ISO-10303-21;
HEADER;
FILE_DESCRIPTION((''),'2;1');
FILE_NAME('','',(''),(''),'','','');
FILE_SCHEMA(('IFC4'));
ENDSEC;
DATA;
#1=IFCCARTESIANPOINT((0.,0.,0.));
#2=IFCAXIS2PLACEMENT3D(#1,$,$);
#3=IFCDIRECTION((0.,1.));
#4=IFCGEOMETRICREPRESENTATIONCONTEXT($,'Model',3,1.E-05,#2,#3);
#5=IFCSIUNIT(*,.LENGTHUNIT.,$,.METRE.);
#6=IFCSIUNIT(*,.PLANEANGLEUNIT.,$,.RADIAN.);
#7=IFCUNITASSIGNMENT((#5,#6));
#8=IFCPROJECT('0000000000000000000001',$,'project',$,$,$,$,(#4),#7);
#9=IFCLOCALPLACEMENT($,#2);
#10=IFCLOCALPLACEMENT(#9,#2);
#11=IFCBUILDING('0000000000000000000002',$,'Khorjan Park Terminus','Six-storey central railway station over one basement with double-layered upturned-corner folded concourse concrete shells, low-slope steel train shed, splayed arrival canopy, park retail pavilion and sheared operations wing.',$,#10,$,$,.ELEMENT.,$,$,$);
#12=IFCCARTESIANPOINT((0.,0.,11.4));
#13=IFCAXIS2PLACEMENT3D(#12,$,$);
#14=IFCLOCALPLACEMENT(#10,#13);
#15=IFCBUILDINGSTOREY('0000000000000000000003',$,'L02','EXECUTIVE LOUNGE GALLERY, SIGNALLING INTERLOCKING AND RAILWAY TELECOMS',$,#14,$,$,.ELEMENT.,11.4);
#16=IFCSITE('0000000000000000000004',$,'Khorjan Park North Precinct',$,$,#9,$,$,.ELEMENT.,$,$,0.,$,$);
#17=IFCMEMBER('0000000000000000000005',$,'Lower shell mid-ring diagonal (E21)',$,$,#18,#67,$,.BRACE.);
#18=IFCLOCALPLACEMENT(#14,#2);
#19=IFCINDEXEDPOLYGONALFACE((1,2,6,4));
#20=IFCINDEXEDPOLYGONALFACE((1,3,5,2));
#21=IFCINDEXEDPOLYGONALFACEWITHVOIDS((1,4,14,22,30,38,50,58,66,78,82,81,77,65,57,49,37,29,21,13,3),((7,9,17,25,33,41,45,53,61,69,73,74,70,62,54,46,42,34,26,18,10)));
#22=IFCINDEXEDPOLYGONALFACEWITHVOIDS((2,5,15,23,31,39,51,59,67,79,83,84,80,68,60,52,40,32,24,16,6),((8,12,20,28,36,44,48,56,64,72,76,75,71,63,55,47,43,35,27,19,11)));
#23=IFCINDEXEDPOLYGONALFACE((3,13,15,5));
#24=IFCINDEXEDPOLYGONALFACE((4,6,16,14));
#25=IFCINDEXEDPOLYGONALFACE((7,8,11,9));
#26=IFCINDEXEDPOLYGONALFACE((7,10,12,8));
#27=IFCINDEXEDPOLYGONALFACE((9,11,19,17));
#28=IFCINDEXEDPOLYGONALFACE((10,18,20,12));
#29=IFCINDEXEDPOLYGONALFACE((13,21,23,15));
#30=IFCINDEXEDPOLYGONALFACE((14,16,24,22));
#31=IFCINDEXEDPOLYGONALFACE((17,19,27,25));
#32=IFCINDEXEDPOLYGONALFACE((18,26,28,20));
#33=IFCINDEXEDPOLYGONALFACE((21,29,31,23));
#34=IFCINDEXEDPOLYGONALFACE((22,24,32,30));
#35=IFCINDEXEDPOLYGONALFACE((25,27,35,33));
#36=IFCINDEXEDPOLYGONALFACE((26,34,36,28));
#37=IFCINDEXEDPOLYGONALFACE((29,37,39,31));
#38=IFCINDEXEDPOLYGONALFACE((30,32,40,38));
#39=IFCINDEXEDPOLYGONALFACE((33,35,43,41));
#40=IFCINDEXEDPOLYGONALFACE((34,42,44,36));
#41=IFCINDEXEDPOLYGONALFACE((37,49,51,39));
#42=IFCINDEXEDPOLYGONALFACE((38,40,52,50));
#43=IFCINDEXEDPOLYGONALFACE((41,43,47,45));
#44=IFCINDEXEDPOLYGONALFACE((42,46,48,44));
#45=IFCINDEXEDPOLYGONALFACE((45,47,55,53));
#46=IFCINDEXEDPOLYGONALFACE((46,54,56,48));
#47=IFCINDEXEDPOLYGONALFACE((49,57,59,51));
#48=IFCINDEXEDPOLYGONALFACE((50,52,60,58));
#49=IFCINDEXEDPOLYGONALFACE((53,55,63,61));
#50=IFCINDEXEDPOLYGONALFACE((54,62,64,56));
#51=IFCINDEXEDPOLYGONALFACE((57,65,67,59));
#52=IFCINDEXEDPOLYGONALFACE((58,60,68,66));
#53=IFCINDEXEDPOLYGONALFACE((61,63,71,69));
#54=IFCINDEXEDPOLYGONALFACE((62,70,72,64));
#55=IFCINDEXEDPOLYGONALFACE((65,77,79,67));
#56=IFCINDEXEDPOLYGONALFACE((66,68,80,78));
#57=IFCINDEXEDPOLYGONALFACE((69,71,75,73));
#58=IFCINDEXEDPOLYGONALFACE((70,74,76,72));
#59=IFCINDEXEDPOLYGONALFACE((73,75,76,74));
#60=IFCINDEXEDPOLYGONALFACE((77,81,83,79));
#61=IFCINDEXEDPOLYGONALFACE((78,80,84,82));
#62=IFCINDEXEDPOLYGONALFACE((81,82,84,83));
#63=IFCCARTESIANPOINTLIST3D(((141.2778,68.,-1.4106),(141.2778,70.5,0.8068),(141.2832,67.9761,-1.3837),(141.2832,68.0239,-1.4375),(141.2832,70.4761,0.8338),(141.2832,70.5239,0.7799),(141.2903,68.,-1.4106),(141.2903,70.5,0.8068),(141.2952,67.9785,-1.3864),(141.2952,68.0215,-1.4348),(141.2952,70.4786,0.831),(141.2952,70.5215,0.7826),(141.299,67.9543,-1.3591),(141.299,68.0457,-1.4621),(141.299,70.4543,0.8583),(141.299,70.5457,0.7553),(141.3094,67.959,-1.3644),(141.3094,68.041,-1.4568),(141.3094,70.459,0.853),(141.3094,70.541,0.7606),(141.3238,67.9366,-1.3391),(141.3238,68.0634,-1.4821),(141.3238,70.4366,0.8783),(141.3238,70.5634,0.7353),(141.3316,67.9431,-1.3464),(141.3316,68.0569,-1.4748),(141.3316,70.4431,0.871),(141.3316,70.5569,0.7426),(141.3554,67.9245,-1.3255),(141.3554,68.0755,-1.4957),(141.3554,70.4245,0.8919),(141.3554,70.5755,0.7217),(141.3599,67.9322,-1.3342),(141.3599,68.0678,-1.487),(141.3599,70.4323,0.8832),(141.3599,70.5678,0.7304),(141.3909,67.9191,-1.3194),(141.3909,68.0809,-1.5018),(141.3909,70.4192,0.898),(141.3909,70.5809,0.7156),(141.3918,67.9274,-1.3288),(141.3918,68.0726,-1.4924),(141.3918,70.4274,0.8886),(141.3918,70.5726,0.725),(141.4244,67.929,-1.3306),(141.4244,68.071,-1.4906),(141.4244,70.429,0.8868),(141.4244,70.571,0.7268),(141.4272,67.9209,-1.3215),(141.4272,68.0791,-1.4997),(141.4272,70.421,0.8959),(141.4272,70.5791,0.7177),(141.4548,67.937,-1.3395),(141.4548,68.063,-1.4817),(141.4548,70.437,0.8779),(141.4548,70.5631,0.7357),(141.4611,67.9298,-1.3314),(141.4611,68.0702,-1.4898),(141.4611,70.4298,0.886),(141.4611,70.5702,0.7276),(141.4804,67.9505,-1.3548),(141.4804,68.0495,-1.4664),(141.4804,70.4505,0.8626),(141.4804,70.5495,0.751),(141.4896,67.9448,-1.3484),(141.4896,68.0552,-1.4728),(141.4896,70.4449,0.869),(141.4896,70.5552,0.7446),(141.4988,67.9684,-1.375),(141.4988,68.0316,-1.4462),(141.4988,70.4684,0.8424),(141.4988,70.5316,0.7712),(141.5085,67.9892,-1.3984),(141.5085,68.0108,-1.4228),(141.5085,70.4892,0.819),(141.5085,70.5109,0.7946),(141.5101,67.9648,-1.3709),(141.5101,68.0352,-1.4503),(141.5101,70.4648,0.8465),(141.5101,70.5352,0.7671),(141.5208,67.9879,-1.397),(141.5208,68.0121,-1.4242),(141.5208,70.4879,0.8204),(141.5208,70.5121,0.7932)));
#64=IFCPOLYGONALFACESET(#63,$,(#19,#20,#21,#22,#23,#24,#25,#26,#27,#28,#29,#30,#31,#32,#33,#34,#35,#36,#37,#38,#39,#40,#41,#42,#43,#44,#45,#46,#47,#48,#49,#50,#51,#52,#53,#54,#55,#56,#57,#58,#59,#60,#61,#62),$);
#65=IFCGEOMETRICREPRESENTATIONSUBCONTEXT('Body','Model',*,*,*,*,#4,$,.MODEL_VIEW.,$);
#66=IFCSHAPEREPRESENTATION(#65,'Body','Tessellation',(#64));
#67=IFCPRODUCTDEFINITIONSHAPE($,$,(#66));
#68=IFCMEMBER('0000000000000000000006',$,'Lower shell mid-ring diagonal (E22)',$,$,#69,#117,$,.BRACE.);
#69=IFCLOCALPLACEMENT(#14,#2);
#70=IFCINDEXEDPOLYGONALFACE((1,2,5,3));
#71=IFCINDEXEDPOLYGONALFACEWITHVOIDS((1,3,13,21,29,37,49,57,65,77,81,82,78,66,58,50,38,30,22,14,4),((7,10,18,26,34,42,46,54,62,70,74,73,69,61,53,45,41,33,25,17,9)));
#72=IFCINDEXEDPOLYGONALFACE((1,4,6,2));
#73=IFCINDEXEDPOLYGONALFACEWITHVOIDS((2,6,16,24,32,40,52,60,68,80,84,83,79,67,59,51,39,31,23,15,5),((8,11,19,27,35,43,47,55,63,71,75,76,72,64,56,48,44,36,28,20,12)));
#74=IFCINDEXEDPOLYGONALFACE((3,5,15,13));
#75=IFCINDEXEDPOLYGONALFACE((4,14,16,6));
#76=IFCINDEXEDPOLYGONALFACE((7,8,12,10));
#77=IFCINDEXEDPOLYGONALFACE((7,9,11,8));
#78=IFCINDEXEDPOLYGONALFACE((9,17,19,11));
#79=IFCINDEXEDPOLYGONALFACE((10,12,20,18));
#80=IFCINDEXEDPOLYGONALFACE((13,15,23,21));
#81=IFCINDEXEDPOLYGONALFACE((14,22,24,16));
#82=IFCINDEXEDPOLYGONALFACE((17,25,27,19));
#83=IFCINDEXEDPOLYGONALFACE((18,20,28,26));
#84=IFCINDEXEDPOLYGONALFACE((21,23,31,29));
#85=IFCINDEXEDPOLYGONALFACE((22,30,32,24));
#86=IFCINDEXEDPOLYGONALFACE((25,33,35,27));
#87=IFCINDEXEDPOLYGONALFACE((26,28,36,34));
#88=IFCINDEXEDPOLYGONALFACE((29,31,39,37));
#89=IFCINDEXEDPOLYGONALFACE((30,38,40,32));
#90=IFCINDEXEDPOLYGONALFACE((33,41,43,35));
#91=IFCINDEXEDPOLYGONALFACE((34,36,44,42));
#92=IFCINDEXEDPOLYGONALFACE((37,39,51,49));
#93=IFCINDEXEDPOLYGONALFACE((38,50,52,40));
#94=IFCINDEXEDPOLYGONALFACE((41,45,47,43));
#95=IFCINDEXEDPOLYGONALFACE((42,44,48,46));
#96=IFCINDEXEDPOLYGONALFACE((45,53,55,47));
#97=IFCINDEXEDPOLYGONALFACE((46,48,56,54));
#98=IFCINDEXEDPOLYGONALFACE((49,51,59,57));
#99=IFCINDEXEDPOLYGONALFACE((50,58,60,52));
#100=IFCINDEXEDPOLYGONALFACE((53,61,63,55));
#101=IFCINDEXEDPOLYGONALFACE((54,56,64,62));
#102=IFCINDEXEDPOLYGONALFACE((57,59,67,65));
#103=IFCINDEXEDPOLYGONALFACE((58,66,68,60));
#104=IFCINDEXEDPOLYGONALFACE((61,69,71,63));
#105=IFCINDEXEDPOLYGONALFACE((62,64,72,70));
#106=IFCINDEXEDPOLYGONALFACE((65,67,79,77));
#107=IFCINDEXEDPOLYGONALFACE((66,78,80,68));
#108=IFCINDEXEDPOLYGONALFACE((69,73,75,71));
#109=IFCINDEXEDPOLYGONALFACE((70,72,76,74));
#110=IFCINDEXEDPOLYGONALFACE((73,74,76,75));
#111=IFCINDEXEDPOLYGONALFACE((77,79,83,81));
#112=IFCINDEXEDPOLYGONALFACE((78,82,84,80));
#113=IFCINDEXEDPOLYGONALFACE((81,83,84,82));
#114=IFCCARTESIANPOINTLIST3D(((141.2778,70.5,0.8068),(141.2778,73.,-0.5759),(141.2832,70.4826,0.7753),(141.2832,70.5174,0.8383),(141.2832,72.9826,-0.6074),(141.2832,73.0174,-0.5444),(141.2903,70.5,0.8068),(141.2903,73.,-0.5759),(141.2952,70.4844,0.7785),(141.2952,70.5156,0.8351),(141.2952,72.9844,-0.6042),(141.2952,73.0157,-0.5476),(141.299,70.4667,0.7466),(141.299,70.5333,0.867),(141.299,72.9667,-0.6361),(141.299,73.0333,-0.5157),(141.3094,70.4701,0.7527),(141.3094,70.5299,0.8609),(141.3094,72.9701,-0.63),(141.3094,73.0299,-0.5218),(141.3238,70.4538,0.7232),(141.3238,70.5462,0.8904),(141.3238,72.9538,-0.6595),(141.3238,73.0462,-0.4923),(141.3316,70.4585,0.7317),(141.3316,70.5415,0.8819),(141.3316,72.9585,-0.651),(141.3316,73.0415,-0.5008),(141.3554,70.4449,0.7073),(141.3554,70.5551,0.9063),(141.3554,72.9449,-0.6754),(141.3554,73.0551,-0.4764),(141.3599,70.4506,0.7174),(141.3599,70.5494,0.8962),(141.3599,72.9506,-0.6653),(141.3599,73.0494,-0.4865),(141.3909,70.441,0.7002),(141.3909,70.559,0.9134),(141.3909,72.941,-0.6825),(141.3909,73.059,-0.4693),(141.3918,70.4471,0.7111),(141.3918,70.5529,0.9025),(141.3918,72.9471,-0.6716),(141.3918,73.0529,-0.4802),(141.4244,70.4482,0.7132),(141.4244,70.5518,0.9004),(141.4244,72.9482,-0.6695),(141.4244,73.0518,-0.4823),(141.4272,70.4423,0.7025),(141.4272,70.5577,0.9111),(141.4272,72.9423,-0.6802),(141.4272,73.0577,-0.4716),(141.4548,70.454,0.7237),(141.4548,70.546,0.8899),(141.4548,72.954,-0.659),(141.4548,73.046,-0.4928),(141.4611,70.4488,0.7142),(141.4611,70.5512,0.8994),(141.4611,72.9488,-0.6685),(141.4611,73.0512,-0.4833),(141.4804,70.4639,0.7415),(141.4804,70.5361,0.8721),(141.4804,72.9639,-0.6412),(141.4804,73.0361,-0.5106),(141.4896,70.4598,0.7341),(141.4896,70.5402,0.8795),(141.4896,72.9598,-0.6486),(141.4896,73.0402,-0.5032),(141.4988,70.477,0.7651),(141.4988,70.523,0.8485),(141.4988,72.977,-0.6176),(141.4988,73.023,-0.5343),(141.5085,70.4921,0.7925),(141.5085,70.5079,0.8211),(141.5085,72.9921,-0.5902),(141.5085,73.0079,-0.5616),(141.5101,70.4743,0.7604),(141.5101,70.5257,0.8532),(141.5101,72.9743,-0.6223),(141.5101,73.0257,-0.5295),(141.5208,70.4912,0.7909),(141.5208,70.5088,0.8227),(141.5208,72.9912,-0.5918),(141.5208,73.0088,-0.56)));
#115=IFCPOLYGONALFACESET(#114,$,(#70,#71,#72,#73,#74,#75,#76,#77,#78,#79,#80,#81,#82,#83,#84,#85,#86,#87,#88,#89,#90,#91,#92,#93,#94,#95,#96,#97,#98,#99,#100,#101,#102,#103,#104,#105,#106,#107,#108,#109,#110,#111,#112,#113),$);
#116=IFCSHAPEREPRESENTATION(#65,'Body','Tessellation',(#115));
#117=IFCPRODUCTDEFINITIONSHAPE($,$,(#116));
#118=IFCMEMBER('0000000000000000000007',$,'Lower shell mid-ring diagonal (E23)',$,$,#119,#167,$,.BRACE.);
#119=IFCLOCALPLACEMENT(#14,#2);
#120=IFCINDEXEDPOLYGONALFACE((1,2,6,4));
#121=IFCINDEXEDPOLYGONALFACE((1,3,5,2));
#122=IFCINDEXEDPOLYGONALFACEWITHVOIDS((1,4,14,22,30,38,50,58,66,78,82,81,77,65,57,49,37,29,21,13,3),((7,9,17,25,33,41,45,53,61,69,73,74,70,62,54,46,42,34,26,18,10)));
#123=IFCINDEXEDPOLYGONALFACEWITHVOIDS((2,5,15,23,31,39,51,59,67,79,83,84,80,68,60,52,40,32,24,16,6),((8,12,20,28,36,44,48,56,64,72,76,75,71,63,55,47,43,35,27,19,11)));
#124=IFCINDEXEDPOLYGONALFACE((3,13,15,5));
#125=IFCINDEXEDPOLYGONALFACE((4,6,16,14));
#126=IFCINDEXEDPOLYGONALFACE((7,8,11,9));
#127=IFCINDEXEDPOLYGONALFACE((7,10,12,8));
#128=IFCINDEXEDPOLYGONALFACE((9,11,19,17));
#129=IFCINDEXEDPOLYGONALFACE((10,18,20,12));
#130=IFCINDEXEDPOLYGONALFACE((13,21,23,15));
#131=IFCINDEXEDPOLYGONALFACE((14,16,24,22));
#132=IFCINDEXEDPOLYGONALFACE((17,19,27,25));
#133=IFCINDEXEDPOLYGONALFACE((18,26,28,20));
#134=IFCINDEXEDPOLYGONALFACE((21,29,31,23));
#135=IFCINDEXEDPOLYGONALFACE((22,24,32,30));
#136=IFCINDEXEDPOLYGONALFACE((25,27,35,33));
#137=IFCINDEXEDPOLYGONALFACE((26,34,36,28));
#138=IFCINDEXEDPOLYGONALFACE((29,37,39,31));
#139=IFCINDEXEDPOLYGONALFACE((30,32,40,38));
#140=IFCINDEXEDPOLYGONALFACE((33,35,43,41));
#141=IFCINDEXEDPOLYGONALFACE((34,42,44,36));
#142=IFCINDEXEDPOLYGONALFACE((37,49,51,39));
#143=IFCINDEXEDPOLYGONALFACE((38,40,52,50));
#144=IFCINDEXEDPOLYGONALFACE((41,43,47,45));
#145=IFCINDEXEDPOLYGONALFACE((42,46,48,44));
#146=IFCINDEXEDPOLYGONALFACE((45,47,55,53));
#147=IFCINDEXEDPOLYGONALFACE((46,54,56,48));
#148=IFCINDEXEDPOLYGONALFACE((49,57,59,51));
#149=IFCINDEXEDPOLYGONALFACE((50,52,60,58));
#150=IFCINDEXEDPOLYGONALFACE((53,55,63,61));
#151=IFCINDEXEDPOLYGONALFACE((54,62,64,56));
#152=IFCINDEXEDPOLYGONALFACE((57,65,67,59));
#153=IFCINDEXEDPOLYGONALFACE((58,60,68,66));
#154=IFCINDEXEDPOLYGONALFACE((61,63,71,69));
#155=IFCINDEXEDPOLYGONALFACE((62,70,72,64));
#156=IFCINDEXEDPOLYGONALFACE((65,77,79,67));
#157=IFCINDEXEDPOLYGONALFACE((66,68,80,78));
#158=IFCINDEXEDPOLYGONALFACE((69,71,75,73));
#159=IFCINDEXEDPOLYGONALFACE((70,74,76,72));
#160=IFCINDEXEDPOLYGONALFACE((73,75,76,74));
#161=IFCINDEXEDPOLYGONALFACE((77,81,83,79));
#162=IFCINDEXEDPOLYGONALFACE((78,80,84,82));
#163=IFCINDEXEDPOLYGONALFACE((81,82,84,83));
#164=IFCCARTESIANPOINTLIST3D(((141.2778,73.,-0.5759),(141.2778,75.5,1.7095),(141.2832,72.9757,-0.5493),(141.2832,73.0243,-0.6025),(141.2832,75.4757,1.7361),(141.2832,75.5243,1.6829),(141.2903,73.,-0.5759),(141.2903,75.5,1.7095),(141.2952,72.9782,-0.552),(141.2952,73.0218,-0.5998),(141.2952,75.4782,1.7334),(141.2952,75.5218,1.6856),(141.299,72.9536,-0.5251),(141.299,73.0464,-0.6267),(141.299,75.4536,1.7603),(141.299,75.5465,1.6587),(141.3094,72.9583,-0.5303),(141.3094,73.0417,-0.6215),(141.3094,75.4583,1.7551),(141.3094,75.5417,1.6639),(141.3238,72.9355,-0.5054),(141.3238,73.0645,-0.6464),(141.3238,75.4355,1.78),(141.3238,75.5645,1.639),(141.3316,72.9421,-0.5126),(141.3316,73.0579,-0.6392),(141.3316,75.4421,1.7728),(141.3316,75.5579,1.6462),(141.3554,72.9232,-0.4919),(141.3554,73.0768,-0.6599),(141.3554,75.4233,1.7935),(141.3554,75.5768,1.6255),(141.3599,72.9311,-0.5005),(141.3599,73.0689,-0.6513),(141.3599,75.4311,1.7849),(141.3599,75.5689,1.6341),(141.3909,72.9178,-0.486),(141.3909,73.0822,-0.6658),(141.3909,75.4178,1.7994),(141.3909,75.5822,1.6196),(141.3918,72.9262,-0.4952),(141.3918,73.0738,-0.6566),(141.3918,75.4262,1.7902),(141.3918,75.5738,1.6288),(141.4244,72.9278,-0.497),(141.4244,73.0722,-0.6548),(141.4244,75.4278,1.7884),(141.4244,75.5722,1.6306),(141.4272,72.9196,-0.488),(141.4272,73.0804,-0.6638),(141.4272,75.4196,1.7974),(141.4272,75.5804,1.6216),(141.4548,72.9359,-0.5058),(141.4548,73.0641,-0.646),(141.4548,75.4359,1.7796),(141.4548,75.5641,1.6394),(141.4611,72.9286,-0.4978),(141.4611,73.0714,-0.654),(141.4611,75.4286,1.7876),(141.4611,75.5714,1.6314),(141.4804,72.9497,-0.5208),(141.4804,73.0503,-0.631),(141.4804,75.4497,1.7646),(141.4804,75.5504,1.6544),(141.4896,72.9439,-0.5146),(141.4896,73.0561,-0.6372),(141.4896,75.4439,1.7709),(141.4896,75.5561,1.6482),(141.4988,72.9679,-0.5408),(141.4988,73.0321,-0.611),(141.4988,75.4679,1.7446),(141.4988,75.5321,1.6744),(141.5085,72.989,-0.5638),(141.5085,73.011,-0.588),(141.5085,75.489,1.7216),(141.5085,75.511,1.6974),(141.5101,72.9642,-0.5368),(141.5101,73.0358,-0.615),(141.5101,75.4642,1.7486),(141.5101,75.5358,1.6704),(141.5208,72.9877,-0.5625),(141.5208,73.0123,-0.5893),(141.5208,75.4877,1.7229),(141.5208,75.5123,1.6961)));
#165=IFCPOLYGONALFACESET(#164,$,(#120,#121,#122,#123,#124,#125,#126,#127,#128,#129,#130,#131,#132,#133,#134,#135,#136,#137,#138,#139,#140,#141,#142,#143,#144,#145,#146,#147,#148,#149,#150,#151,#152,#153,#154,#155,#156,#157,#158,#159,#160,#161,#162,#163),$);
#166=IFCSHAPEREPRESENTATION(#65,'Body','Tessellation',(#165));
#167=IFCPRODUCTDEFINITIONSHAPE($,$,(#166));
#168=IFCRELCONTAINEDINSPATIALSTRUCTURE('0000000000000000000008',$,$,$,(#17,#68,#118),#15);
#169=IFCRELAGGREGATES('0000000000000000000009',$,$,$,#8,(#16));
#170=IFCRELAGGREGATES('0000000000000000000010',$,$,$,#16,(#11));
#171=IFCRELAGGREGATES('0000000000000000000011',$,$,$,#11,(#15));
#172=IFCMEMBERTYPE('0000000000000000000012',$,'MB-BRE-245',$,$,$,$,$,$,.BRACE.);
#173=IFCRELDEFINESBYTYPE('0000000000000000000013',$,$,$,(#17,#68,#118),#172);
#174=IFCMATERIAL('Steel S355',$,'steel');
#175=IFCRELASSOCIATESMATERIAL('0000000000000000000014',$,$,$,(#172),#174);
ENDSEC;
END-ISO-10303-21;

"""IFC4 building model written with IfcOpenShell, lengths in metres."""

from ifc_helpers import new_model, si_unit, direction, frame, origin, origin_2d, place, context, subcontext, project, spatial, hollow_circle, extrude, material, material_profile, profile_set, type_object, element, save


model = new_model("IFC4")

# Units and contexts
model_context = context("Model", 3, precision=1e-05, world=origin(), true_north=direction((0.0, 1.0)))
body_context = subcontext(model_context, "Body", "Model", "MODEL_VIEW")
ifc_project = project(units=[si_unit("LENGTHUNIT", "METRE"), si_unit("PLANEANGLEUNIT", "RADIAN")], contexts=[model_context])

# Site, building, storey
site_placement = place(None, origin())
site = spatial("IfcSite", under=ifc_project, at=site_placement, Name="Khorjan Park North Precinct", CompositionType="ELEMENT", RefElevation=0.0)
building_placement = place(site_placement, origin())
building = spatial("IfcBuilding", under=site, at=building_placement, Name="Khorjan Park Terminus", Description="Six-storey central railway station over one basement with double-layered upturned-corner folded concourse concrete shells, low-slope steel train shed, splayed arrival canopy, park retail pavilion and sheared operations wing.", CompositionType="ELEMENT")
storey_placement = place(building_placement, frame((0.0, 0.0, 11.4)))
storey = spatial("IfcBuildingStorey", under=building, at=storey_placement, Name="L02", Description="EXECUTIVE LOUNGE GALLERY, SIGNALLING INTERLOCKING AND RAILWAY TELECOMS", CompositionType="ELEMENT", Elevation=11.4)

# Members
ifc_material_1 = material(Name="Steel S355", Category="steel")
ifc_material_profile_1 = material_profile(ifc_material_1, hollow_circle(Radius=0.1222, WallThickness=0.0125, at=origin_2d()), Name="CHS 244.5x12.5")
ifc_profile_set_1 = profile_set([ifc_material_profile_1], Name="Steel S355")
member_type_1 = type_object("IfcMemberType", Name="MB-BRE-245", PredefinedType="BRACE", material=ifc_profile_set_1)
member_1_placement = place(storey_placement, frame((141.4, 68.0, -1.4106), z_axis=(0.0, 0.748125, 0.663557), x_axis=(-1.0, 0.0, 0.0)))
element("IfcMember", 1, at=member_1_placement, inside=storey, type_object=member_type_1, Name="Lower shell mid-ring diagonal (E21)", PredefinedType="BRACE", context=body_context, shape_type="SweptSolid", body=[
    extrude(hollow_circle(Radius=0.1222, WallThickness=0.0125, at=origin_2d()), origin(), (0.0, 0.0, 1.0), 3.3417),
])
member_2_placement = place(storey_placement, frame((141.4, 70.5, 0.8068), z_axis=(0.0, 0.875075, -0.483987), x_axis=(-1.0, 0.0, 0.0)))
element("IfcMember", 2, at=member_2_placement, inside=storey, type_object=member_type_1, Name="Lower shell mid-ring diagonal (E22)", PredefinedType="BRACE", context=body_context, shape_type="SweptSolid", body=[
    extrude(hollow_circle(Radius=0.1222, WallThickness=0.0125, at=origin_2d()), origin(), (0.0, 0.0, 1.0), 2.8569),
])
member_3_placement = place(storey_placement, frame((141.4, 73.0, -0.5759), z_axis=(0.0, 0.738075, 0.674719), x_axis=(-1.0, 0.0, 0.0)))
element("IfcMember", 3, at=member_3_placement, inside=storey, type_object=member_type_1, Name="Lower shell mid-ring diagonal (E23)", PredefinedType="BRACE", context=body_context, shape_type="SweptSolid", body=[
    extrude(hollow_circle(Radius=0.1222, WallThickness=0.0125, at=origin_2d()), origin(), (0.0, 0.0, 1.0), 3.3872),
])

save(model, "model.ifc")
